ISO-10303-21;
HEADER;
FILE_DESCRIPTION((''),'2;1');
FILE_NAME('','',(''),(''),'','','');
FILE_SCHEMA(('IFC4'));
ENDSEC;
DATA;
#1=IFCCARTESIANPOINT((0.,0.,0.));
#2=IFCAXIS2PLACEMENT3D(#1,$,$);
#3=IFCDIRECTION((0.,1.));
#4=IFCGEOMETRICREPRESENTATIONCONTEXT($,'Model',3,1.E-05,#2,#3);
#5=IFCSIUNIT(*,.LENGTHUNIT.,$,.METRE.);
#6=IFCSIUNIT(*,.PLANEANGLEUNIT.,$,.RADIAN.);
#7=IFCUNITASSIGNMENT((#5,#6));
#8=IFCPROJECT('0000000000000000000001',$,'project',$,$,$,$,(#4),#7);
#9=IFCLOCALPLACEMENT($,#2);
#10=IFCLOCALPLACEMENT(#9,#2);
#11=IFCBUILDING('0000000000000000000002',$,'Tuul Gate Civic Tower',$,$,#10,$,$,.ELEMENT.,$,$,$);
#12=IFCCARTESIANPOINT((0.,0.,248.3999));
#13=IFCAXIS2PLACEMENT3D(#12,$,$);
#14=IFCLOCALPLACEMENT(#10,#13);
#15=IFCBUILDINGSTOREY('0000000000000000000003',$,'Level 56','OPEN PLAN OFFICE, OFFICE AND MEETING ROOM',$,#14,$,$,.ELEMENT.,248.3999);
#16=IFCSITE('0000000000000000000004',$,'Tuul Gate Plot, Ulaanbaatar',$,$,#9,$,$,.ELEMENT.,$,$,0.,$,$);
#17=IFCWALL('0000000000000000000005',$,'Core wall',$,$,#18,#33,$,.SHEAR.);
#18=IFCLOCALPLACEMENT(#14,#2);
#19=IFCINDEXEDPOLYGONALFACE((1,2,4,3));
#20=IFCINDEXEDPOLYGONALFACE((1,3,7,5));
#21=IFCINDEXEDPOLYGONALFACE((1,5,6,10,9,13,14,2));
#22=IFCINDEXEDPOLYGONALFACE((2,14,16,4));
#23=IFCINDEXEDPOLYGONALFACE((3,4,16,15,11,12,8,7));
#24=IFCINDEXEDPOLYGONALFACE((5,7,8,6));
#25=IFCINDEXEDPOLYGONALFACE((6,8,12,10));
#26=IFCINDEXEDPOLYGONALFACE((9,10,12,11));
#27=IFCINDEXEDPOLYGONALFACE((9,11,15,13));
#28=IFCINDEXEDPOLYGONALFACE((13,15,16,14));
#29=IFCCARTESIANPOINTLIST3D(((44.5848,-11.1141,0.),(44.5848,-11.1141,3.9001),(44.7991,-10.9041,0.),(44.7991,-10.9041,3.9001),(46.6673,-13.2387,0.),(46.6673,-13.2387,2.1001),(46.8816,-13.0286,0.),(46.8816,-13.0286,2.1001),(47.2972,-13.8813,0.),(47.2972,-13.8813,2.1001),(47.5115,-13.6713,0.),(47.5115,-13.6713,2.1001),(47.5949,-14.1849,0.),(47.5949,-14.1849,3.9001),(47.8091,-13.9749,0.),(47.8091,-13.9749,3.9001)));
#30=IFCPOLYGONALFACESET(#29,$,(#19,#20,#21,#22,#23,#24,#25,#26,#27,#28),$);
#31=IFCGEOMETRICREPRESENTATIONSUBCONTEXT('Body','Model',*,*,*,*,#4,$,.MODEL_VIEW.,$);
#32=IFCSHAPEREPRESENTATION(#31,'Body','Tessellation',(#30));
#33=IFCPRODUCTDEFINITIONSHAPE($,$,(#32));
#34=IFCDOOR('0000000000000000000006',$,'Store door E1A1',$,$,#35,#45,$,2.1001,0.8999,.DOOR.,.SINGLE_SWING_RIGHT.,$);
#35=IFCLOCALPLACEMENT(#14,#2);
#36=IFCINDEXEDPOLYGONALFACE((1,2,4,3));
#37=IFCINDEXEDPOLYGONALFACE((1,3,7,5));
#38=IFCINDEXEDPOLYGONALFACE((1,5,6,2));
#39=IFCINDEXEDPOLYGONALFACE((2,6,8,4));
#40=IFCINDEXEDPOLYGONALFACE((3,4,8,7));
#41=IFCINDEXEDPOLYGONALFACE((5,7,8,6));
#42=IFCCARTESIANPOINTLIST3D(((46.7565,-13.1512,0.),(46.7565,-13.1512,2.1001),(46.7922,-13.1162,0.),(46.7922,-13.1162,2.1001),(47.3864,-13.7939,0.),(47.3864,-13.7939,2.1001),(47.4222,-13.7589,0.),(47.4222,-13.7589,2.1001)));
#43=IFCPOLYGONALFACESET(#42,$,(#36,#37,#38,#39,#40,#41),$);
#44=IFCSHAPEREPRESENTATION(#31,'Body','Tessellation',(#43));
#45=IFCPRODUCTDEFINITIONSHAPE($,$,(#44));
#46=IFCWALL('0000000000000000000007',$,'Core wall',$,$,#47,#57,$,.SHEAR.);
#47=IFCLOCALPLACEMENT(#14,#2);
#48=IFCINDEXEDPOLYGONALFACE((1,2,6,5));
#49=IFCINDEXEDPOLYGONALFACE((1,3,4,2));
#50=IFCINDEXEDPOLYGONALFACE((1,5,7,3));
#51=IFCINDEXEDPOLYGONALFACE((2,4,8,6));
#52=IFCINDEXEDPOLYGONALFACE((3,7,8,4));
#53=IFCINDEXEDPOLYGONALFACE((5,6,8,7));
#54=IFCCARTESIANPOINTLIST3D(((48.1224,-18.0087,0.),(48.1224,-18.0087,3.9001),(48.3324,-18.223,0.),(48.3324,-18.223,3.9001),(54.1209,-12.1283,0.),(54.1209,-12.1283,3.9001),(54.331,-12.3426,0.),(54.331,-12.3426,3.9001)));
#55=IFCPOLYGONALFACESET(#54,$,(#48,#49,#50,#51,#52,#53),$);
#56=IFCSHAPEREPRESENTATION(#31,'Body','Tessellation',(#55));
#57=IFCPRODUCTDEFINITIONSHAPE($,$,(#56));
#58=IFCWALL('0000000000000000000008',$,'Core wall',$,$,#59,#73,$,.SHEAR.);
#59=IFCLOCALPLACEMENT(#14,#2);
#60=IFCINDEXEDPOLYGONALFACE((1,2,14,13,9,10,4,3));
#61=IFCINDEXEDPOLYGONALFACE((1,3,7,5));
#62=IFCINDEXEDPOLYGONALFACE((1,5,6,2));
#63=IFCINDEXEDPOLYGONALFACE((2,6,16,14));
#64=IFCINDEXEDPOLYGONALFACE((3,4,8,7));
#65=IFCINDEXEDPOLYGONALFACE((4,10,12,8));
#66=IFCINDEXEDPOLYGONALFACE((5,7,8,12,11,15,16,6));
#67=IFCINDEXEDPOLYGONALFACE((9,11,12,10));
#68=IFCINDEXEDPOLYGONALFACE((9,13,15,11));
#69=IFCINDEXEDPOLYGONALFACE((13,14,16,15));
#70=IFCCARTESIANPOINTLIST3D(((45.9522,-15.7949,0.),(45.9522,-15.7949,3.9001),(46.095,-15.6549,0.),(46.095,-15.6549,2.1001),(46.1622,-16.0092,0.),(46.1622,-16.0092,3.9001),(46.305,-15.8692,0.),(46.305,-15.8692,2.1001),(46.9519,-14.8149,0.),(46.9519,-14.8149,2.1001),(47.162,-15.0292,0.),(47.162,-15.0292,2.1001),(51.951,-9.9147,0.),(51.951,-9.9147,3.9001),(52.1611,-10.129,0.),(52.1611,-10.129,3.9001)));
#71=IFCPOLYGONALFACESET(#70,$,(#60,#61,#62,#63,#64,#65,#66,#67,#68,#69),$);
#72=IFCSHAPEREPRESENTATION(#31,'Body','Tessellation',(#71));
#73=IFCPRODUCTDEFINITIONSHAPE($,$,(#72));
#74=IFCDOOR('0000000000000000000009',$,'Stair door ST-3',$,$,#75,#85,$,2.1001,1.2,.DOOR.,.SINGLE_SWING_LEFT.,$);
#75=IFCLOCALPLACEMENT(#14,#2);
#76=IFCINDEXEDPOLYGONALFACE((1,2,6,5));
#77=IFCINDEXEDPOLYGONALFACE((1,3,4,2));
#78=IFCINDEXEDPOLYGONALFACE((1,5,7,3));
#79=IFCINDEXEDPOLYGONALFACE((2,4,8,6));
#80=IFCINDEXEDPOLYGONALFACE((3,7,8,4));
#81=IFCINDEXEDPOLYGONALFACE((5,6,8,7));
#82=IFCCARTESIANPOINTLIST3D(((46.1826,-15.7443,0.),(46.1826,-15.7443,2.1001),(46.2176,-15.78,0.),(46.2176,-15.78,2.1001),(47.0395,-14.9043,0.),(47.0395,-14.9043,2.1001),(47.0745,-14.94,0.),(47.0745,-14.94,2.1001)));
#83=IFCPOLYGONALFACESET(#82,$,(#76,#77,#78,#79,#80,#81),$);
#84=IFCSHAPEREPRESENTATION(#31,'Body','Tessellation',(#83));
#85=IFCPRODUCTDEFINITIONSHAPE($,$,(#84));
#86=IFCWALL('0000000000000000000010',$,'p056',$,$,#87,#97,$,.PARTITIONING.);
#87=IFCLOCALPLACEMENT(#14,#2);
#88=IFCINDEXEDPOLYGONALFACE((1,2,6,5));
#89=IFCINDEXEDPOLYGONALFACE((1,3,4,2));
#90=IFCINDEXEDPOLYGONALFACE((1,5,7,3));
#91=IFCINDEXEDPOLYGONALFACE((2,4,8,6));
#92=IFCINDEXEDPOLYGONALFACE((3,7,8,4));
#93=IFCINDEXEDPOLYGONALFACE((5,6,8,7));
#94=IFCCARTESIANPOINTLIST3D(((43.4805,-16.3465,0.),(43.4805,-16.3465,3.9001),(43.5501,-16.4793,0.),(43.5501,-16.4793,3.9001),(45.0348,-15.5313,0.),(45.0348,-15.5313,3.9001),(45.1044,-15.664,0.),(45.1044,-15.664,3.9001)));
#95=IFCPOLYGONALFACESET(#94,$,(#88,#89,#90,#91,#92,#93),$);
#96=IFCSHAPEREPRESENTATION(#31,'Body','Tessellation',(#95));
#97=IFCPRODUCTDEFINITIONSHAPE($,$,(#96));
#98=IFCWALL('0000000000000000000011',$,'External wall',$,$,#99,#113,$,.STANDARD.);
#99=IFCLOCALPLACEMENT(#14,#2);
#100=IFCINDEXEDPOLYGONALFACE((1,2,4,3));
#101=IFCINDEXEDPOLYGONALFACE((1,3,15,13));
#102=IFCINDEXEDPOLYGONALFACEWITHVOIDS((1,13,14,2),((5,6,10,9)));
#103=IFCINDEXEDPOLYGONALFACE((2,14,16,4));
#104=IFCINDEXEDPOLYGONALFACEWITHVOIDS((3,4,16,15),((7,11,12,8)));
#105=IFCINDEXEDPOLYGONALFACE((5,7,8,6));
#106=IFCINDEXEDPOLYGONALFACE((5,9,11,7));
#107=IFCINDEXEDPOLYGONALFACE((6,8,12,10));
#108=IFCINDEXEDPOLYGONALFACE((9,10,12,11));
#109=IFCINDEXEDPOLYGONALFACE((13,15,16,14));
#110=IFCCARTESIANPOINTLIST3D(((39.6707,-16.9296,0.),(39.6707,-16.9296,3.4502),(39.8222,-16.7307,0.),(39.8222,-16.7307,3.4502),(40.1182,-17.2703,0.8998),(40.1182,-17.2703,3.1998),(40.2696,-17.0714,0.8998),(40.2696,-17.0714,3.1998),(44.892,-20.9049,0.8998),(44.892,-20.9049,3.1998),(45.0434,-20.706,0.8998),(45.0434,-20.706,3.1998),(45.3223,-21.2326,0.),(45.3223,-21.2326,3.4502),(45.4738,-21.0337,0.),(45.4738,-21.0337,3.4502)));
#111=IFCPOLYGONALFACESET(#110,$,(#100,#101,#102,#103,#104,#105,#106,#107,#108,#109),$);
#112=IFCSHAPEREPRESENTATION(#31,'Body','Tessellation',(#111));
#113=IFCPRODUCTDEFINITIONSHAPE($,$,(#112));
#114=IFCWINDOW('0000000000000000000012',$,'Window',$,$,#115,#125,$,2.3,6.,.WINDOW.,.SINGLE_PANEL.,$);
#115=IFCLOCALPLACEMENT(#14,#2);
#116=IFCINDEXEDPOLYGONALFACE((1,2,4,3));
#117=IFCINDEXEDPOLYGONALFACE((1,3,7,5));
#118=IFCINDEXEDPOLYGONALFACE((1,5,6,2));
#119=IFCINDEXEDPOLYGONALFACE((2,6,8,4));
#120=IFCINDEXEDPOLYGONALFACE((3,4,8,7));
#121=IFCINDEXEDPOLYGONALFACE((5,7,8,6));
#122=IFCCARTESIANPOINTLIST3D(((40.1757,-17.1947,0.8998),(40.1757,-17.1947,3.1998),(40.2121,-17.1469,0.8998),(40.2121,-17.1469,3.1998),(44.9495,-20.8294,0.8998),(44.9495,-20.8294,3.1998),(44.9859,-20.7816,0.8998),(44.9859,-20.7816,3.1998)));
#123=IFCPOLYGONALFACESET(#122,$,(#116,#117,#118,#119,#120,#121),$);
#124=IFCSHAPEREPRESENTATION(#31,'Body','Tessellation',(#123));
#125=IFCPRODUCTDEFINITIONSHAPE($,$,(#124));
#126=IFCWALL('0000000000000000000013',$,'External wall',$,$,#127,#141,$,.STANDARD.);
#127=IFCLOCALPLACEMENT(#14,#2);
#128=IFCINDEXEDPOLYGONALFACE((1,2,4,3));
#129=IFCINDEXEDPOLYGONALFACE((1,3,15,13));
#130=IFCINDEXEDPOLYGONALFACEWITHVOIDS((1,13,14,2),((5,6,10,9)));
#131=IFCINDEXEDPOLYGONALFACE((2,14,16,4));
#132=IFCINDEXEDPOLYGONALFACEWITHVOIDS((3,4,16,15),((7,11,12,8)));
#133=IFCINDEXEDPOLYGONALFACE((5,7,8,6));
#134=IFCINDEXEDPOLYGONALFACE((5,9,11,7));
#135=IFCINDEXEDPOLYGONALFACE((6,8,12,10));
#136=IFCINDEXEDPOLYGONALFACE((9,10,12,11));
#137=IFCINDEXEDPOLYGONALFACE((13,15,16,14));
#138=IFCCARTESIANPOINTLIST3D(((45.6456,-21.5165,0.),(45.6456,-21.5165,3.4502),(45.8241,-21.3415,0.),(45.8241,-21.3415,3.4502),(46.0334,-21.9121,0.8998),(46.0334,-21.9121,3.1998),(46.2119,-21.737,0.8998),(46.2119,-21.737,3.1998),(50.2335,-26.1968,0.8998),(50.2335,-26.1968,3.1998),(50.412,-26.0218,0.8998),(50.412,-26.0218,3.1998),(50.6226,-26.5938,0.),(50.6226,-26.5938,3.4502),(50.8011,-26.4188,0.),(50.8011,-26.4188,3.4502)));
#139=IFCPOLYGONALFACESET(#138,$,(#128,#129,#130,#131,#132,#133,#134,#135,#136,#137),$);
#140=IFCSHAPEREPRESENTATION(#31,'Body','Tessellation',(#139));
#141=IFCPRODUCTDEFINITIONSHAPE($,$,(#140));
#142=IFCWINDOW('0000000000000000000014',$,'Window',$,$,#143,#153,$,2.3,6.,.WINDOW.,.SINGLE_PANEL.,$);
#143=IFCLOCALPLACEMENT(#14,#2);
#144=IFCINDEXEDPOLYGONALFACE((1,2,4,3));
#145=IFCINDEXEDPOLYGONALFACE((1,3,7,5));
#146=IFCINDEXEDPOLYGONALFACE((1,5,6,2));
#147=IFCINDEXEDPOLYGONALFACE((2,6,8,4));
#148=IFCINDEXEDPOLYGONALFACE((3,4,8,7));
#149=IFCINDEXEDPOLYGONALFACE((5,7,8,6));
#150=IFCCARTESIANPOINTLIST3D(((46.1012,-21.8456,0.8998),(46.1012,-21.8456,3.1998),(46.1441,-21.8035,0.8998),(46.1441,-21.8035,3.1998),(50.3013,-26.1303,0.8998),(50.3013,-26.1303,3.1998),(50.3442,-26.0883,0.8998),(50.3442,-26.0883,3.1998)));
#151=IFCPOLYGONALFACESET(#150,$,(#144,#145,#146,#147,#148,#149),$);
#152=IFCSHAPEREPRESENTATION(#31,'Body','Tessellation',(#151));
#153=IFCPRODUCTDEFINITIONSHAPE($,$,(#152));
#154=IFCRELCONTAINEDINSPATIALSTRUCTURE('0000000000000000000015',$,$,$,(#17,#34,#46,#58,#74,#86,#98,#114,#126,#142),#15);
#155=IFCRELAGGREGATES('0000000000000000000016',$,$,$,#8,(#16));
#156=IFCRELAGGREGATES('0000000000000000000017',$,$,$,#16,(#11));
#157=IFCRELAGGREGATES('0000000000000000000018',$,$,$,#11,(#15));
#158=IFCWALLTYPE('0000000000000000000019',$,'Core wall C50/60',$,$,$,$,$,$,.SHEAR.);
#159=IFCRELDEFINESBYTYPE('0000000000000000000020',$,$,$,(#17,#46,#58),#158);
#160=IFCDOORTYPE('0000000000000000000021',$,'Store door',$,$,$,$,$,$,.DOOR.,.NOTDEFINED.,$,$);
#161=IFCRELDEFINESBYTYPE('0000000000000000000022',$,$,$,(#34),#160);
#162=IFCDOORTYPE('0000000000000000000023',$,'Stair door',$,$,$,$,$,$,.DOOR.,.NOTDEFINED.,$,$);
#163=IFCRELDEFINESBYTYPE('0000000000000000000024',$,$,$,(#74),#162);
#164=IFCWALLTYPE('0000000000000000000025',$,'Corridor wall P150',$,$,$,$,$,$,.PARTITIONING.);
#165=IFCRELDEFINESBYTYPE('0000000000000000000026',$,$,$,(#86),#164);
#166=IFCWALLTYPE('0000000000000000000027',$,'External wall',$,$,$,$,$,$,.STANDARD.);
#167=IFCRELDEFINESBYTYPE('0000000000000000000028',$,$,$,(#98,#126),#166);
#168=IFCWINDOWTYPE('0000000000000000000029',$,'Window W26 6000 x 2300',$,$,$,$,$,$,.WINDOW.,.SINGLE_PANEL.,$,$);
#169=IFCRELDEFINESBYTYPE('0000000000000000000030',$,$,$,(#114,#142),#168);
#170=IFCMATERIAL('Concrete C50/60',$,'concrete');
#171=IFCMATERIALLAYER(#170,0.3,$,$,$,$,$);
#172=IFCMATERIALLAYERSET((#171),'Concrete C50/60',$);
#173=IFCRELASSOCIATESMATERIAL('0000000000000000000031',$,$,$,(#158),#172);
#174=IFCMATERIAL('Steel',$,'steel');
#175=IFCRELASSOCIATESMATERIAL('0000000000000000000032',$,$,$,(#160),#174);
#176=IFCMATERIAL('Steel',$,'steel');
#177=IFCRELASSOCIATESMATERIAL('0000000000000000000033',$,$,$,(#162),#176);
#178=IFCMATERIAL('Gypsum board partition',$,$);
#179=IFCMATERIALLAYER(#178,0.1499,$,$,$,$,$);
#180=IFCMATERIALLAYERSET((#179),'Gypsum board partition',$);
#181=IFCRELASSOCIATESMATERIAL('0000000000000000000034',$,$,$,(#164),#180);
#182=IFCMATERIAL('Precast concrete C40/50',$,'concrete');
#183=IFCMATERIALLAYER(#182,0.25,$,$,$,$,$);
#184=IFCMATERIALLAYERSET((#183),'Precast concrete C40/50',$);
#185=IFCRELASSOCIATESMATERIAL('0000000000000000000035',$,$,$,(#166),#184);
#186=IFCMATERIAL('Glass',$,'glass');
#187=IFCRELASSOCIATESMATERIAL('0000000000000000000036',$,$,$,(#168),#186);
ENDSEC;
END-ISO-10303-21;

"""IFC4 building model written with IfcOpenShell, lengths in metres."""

from ifc_helpers import new_model, si_unit, direction, frame, frame_2d, origin, place, context, subcontext, project, spatial, rectangle, extrude, material, layer, layer_set, type_object, element, fill, save


model = new_model("IFC4")

# Units and contexts
model_context = context("Model", 3, precision=1e-05, world=origin(), true_north=direction((0.0, 1.0)))
body_context = subcontext(model_context, "Body", "Model", "MODEL_VIEW")
ifc_project = project(units=[si_unit("LENGTHUNIT", "METRE"), si_unit("PLANEANGLEUNIT", "RADIAN")], contexts=[model_context])

# Site, building, storey
site_placement = place(None, origin())
site = spatial("IfcSite", under=ifc_project, at=site_placement, Name="Tuul Gate Plot, Ulaanbaatar", CompositionType="ELEMENT", RefElevation=0.0)
building_placement = place(site_placement, origin())
building = spatial("IfcBuilding", under=site, at=building_placement, Name="Tuul Gate Civic Tower", CompositionType="ELEMENT")
storey_placement = place(building_placement, frame((0.0, 0.0, 248.3999)))
storey = spatial("IfcBuildingStorey", under=building, at=storey_placement, Name="Level 56", Description="OPEN PLAN OFFICE, OFFICE AND MEETING ROOM", CompositionType="ELEMENT", Elevation=248.3999)

# Wall, opening, door
ifc_material_1 = material(Name="Concrete C50/60", Category="concrete")
ifc_layer_1 = layer(ifc_material_1, 0.3)
ifc_layer_set_1 = layer_set([ifc_layer_1], Name="Concrete C50/60")
wall_type_1 = type_object("IfcWallType", Name="Core wall C50/60", PredefinedType="SHEAR", material=ifc_layer_set_1)
wall_1_placement = place(storey_placement, frame((47.7019, -14.0798, 0.0), z_axis=(0.0, 0.0, 1.0), x_axis=(-0.700003, 0.71414, 0.0)))
wall_1 = element("IfcWall", 1, at=wall_1_placement, inside=storey, type_object=wall_type_1, Name="Core wall", PredefinedType="SHEAR", context=body_context, shape_type="SweptSolid", body=[
    extrude(rectangle(XDim=4.3, YDim=0.3, at=frame_2d((2.1499, 0.0))), origin(), (0.0, 0.0, 1.0), 3.9001),
])
opening_1_placement = place(wall_1_placement, frame((0.425, 0.0, 0.0)))
opening_1 = element("IfcOpeningElement", 2, at=opening_1_placement, cuts=wall_1, PredefinedType="OPENING", context=body_context, shape_type="SweptSolid", body=[
    extrude(rectangle(XDim=0.8999, YDim=2.1001, at=frame_2d((0.45, 1.05))), frame((0.0, 0.1602, 0.0), z_axis=(0.0, -1.0, 0.0), x_axis=(1.0, 0.0, 0.0)), (0.0, 0.0, 1.0), 0.3201),
])
ifc_material_2 = material(Name="Steel", Category="steel")
door_type_1 = type_object("IfcDoorType", Name="Store door", OperationType="NOTDEFINED", PredefinedType="DOOR", material=ifc_material_2)
door_1_placement = place(opening_1_placement, frame((0.8999, 0.0, 0.0), z_axis=(0.0, 0.0, 1.0), x_axis=(-1.0, 0.0, 0.0)))
door_1 = element("IfcDoor", 3, at=door_1_placement, inside=storey, type_object=door_type_1, Name="Store door E1A1", OperationType="SINGLE_SWING_RIGHT", OverallHeight=2.1001, OverallWidth=0.8999, PredefinedType="DOOR", context=body_context, shape_type="SweptSolid", body=[
    extrude(rectangle(XDim=0.8999, YDim=2.1001, at=frame_2d((0.45, 1.05))), frame((0.0, 0.0249, 0.0), z_axis=(0.0, -1.0, 0.0), x_axis=(1.0, 0.0, 0.0)), (0.0, 0.0, 1.0), 0.05),
])
fill(opening_1, door_1)

# Wall
wall_2_placement = place(storey_placement, frame((48.2273, -18.116, 0.0), z_axis=(0.0, 0.0, 1.0), x_axis=(0.714105, 0.700038, 0.0)))
element("IfcWall", 4, at=wall_2_placement, inside=storey, type_object=wall_type_1, Name="Core wall", PredefinedType="SHEAR", context=body_context, shape_type="SweptSolid", body=[
    extrude(rectangle(XDim=8.4001, YDim=0.3, at=frame_2d((4.2002, 0.0))), origin(), (0.0, 0.0, 1.0), 3.9001),
])

# Wall, opening, door
wall_3_placement = place(storey_placement, frame((46.0571, -15.9021, 0.0), z_axis=(0.0, 0.0, 1.0), x_axis=(0.714134, 0.700009, 0.0)))
wall_3 = element("IfcWall", 5, at=wall_3_placement, inside=storey, type_object=wall_type_1, Name="Core wall", PredefinedType="SHEAR", context=body_context, shape_type="SweptSolid", body=[
    extrude(rectangle(XDim=8.4001, YDim=0.3, at=frame_2d((4.2002, 0.0))), origin(), (0.0, 0.0, 1.0), 3.9001),
])
opening_2_placement = place(wall_3_placement, frame((0.2, 0.0, 0.0)))
opening_2 = element("IfcOpeningElement", 6, at=opening_2_placement, cuts=wall_3, PredefinedType="OPENING", context=body_context, shape_type="SweptSolid", body=[
    extrude(rectangle(XDim=1.2, YDim=2.1001, at=frame_2d((0.6001, 1.05))), frame((0.0, 0.1602, 0.0), z_axis=(0.0, -1.0, 0.0), x_axis=(1.0, 0.0, 0.0)), (0.0, 0.0, 1.0), 0.3201),
])
ifc_material_3 = material(Name="Steel", Category="steel")
door_type_2 = type_object("IfcDoorType", Name="Stair door", OperationType="NOTDEFINED", PredefinedType="DOOR", material=ifc_material_3)
door_2_placement = place(opening_2_placement, origin())
door_2 = element("IfcDoor", 7, at=door_2_placement, inside=storey, type_object=door_type_2, Name="Stair door ST-3", OperationType="SINGLE_SWING_LEFT", OverallHeight=2.1001, OverallWidth=1.2, PredefinedType="DOOR", context=body_context, shape_type="SweptSolid", body=[
    extrude(rectangle(XDim=1.2, YDim=2.1001, at=frame_2d((0.6001, 1.05))), frame((0.0, 0.0249, 0.0), z_axis=(0.0, -1.0, 0.0), x_axis=(1.0, 0.0, 0.0)), (0.0, 0.0, 1.0), 0.05),
])
fill(opening_2, door_2)

# Wall
ifc_material_4 = material(Name="Gypsum board partition")
ifc_layer_2 = layer(ifc_material_4, 0.1499)
ifc_layer_set_2 = layer_set([ifc_layer_2], Name="Gypsum board partition")
wall_type_2 = type_object("IfcWallType", Name="Corridor wall P150", PredefinedType="PARTITIONING", material=ifc_layer_set_2)
wall_4_placement = place(storey_placement, frame((43.5154, -16.4128, 0.0), z_axis=(0.0, 0.0, 1.0), x_axis=(0.885578, 0.46449, 0.0)))
element("IfcWall", 8, at=wall_4_placement, inside=storey, type_object=wall_type_2, Name="p056", PredefinedType="PARTITIONING", context=body_context, shape_type="SweptSolid", body=[
    extrude(rectangle(XDim=1.7551, YDim=0.1499, at=frame_2d((0.8774, 0.0))), origin(), (0.0, 0.0, 1.0), 3.9001),
])

# Walls, openings, windows
ifc_material_5 = material(Name="Precast concrete C40/50", Category="concrete")
ifc_layer_3 = layer(ifc_material_5, 0.25)
ifc_layer_set_3 = layer_set([ifc_layer_3], Name="Precast concrete C40/50")
wall_type_3 = type_object("IfcWallType", Name="External wall", PredefinedType="STANDARD", material=ifc_layer_set_3)
wall_5_placement = place(storey_placement, frame((39.7463, -16.8301, 0.0), z_axis=(0.0, 0.0, 1.0), x_axis=(0.795636, -0.605775, 0.0)))
wall_5 = element("IfcWall", 9, at=wall_5_placement, inside=storey, type_object=wall_type_3, Name="External wall", PredefinedType="STANDARD", context=body_context, shape_type="SweptSolid", body=[
    extrude(rectangle(XDim=7.1033, YDim=0.25, at=frame_2d((3.5518, 0.0))), origin(), (0.0, 0.0, 1.0), 3.4502),
])
opening_3_placement = place(wall_5_placement, frame((0.5625, 0.0, 0.8999)))
opening_3 = element("IfcOpeningElement", 10, at=opening_3_placement, cuts=wall_5, PredefinedType="OPENING", context=body_context, shape_type="SweptSolid", body=[
    extrude(rectangle(XDim=6.0, YDim=2.3, at=frame_2d((3.0, 1.1499))), frame((0.0, 0.135, 0.0), z_axis=(0.0, -1.0, 0.0), x_axis=(1.0, 0.0, 0.0)), (0.0, 0.0, 1.0), 0.27),
])
ifc_material_6 = material(Name="Glass", Category="glass")
window_type_1 = type_object("IfcWindowType", Name="Window W26 6000 x 2300", PartitioningType="SINGLE_PANEL", PredefinedType="WINDOW", material=ifc_material_6)
window_1_placement = place(opening_3_placement, origin())
window_1 = element("IfcWindow", 11, at=window_1_placement, inside=storey, type_object=window_type_1, Name="Window", OverallHeight=2.3, OverallWidth=6.0, PartitioningType="SINGLE_PANEL", PredefinedType="WINDOW", context=body_context, shape_type="SweptSolid", body=[
    extrude(rectangle(XDim=6.0, YDim=2.3, at=frame_2d((3.0, 1.1499))), frame((0.0, 0.03, 0.0), z_axis=(0.0, -1.0, 0.0), x_axis=(1.0, 0.0, 0.0)), (0.0, 0.0, 1.0), 0.0601),
])
fill(opening_3, window_1)
wall_6_placement = place(storey_placement, frame((45.7349, -21.429, 0.0), z_axis=(0.0, 0.0, 1.0), x_axis=(0.700015, -0.714128, 0.0)))
wall_6 = element("IfcWall", 12, at=wall_6_placement, inside=storey, type_object=wall_type_3, Name="External wall", PredefinedType="STANDARD", context=body_context, shape_type="SweptSolid", body=[
    extrude(rectangle(XDim=7.1099, YDim=0.25, at=frame_2d((3.5549, 0.0))), origin(), (0.0, 0.0, 1.0), 3.4502),
])
opening_4_placement = place(wall_6_placement, frame((0.554, 0.0, 0.8999)))
opening_4 = element("IfcOpeningElement", 13, at=opening_4_placement, cuts=wall_6, PredefinedType="OPENING", context=body_context, shape_type="SweptSolid", body=[
    extrude(rectangle(XDim=6.0, YDim=2.3, at=frame_2d((3.0, 1.1499))), frame((0.0, 0.135, 0.0), z_axis=(0.0, -1.0, 0.0), x_axis=(1.0, 0.0, 0.0)), (0.0, 0.0, 1.0), 0.27),
])
window_2_placement = place(opening_4_placement, origin())
window_2 = element("IfcWindow", 14, at=window_2_placement, inside=storey, type_object=window_type_1, Name="Window", OverallHeight=2.3, OverallWidth=6.0, PartitioningType="SINGLE_PANEL", PredefinedType="WINDOW", context=body_context, shape_type="SweptSolid", body=[
    extrude(rectangle(XDim=6.0, YDim=2.3, at=frame_2d((3.0, 1.1499))), frame((0.0, 0.03, 0.0), z_axis=(0.0, -1.0, 0.0), x_axis=(1.0, 0.0, 0.0)), (0.0, 0.0, 1.0), 0.0601),
])
fill(opening_4, window_2)

save(model, "model.ifc")
